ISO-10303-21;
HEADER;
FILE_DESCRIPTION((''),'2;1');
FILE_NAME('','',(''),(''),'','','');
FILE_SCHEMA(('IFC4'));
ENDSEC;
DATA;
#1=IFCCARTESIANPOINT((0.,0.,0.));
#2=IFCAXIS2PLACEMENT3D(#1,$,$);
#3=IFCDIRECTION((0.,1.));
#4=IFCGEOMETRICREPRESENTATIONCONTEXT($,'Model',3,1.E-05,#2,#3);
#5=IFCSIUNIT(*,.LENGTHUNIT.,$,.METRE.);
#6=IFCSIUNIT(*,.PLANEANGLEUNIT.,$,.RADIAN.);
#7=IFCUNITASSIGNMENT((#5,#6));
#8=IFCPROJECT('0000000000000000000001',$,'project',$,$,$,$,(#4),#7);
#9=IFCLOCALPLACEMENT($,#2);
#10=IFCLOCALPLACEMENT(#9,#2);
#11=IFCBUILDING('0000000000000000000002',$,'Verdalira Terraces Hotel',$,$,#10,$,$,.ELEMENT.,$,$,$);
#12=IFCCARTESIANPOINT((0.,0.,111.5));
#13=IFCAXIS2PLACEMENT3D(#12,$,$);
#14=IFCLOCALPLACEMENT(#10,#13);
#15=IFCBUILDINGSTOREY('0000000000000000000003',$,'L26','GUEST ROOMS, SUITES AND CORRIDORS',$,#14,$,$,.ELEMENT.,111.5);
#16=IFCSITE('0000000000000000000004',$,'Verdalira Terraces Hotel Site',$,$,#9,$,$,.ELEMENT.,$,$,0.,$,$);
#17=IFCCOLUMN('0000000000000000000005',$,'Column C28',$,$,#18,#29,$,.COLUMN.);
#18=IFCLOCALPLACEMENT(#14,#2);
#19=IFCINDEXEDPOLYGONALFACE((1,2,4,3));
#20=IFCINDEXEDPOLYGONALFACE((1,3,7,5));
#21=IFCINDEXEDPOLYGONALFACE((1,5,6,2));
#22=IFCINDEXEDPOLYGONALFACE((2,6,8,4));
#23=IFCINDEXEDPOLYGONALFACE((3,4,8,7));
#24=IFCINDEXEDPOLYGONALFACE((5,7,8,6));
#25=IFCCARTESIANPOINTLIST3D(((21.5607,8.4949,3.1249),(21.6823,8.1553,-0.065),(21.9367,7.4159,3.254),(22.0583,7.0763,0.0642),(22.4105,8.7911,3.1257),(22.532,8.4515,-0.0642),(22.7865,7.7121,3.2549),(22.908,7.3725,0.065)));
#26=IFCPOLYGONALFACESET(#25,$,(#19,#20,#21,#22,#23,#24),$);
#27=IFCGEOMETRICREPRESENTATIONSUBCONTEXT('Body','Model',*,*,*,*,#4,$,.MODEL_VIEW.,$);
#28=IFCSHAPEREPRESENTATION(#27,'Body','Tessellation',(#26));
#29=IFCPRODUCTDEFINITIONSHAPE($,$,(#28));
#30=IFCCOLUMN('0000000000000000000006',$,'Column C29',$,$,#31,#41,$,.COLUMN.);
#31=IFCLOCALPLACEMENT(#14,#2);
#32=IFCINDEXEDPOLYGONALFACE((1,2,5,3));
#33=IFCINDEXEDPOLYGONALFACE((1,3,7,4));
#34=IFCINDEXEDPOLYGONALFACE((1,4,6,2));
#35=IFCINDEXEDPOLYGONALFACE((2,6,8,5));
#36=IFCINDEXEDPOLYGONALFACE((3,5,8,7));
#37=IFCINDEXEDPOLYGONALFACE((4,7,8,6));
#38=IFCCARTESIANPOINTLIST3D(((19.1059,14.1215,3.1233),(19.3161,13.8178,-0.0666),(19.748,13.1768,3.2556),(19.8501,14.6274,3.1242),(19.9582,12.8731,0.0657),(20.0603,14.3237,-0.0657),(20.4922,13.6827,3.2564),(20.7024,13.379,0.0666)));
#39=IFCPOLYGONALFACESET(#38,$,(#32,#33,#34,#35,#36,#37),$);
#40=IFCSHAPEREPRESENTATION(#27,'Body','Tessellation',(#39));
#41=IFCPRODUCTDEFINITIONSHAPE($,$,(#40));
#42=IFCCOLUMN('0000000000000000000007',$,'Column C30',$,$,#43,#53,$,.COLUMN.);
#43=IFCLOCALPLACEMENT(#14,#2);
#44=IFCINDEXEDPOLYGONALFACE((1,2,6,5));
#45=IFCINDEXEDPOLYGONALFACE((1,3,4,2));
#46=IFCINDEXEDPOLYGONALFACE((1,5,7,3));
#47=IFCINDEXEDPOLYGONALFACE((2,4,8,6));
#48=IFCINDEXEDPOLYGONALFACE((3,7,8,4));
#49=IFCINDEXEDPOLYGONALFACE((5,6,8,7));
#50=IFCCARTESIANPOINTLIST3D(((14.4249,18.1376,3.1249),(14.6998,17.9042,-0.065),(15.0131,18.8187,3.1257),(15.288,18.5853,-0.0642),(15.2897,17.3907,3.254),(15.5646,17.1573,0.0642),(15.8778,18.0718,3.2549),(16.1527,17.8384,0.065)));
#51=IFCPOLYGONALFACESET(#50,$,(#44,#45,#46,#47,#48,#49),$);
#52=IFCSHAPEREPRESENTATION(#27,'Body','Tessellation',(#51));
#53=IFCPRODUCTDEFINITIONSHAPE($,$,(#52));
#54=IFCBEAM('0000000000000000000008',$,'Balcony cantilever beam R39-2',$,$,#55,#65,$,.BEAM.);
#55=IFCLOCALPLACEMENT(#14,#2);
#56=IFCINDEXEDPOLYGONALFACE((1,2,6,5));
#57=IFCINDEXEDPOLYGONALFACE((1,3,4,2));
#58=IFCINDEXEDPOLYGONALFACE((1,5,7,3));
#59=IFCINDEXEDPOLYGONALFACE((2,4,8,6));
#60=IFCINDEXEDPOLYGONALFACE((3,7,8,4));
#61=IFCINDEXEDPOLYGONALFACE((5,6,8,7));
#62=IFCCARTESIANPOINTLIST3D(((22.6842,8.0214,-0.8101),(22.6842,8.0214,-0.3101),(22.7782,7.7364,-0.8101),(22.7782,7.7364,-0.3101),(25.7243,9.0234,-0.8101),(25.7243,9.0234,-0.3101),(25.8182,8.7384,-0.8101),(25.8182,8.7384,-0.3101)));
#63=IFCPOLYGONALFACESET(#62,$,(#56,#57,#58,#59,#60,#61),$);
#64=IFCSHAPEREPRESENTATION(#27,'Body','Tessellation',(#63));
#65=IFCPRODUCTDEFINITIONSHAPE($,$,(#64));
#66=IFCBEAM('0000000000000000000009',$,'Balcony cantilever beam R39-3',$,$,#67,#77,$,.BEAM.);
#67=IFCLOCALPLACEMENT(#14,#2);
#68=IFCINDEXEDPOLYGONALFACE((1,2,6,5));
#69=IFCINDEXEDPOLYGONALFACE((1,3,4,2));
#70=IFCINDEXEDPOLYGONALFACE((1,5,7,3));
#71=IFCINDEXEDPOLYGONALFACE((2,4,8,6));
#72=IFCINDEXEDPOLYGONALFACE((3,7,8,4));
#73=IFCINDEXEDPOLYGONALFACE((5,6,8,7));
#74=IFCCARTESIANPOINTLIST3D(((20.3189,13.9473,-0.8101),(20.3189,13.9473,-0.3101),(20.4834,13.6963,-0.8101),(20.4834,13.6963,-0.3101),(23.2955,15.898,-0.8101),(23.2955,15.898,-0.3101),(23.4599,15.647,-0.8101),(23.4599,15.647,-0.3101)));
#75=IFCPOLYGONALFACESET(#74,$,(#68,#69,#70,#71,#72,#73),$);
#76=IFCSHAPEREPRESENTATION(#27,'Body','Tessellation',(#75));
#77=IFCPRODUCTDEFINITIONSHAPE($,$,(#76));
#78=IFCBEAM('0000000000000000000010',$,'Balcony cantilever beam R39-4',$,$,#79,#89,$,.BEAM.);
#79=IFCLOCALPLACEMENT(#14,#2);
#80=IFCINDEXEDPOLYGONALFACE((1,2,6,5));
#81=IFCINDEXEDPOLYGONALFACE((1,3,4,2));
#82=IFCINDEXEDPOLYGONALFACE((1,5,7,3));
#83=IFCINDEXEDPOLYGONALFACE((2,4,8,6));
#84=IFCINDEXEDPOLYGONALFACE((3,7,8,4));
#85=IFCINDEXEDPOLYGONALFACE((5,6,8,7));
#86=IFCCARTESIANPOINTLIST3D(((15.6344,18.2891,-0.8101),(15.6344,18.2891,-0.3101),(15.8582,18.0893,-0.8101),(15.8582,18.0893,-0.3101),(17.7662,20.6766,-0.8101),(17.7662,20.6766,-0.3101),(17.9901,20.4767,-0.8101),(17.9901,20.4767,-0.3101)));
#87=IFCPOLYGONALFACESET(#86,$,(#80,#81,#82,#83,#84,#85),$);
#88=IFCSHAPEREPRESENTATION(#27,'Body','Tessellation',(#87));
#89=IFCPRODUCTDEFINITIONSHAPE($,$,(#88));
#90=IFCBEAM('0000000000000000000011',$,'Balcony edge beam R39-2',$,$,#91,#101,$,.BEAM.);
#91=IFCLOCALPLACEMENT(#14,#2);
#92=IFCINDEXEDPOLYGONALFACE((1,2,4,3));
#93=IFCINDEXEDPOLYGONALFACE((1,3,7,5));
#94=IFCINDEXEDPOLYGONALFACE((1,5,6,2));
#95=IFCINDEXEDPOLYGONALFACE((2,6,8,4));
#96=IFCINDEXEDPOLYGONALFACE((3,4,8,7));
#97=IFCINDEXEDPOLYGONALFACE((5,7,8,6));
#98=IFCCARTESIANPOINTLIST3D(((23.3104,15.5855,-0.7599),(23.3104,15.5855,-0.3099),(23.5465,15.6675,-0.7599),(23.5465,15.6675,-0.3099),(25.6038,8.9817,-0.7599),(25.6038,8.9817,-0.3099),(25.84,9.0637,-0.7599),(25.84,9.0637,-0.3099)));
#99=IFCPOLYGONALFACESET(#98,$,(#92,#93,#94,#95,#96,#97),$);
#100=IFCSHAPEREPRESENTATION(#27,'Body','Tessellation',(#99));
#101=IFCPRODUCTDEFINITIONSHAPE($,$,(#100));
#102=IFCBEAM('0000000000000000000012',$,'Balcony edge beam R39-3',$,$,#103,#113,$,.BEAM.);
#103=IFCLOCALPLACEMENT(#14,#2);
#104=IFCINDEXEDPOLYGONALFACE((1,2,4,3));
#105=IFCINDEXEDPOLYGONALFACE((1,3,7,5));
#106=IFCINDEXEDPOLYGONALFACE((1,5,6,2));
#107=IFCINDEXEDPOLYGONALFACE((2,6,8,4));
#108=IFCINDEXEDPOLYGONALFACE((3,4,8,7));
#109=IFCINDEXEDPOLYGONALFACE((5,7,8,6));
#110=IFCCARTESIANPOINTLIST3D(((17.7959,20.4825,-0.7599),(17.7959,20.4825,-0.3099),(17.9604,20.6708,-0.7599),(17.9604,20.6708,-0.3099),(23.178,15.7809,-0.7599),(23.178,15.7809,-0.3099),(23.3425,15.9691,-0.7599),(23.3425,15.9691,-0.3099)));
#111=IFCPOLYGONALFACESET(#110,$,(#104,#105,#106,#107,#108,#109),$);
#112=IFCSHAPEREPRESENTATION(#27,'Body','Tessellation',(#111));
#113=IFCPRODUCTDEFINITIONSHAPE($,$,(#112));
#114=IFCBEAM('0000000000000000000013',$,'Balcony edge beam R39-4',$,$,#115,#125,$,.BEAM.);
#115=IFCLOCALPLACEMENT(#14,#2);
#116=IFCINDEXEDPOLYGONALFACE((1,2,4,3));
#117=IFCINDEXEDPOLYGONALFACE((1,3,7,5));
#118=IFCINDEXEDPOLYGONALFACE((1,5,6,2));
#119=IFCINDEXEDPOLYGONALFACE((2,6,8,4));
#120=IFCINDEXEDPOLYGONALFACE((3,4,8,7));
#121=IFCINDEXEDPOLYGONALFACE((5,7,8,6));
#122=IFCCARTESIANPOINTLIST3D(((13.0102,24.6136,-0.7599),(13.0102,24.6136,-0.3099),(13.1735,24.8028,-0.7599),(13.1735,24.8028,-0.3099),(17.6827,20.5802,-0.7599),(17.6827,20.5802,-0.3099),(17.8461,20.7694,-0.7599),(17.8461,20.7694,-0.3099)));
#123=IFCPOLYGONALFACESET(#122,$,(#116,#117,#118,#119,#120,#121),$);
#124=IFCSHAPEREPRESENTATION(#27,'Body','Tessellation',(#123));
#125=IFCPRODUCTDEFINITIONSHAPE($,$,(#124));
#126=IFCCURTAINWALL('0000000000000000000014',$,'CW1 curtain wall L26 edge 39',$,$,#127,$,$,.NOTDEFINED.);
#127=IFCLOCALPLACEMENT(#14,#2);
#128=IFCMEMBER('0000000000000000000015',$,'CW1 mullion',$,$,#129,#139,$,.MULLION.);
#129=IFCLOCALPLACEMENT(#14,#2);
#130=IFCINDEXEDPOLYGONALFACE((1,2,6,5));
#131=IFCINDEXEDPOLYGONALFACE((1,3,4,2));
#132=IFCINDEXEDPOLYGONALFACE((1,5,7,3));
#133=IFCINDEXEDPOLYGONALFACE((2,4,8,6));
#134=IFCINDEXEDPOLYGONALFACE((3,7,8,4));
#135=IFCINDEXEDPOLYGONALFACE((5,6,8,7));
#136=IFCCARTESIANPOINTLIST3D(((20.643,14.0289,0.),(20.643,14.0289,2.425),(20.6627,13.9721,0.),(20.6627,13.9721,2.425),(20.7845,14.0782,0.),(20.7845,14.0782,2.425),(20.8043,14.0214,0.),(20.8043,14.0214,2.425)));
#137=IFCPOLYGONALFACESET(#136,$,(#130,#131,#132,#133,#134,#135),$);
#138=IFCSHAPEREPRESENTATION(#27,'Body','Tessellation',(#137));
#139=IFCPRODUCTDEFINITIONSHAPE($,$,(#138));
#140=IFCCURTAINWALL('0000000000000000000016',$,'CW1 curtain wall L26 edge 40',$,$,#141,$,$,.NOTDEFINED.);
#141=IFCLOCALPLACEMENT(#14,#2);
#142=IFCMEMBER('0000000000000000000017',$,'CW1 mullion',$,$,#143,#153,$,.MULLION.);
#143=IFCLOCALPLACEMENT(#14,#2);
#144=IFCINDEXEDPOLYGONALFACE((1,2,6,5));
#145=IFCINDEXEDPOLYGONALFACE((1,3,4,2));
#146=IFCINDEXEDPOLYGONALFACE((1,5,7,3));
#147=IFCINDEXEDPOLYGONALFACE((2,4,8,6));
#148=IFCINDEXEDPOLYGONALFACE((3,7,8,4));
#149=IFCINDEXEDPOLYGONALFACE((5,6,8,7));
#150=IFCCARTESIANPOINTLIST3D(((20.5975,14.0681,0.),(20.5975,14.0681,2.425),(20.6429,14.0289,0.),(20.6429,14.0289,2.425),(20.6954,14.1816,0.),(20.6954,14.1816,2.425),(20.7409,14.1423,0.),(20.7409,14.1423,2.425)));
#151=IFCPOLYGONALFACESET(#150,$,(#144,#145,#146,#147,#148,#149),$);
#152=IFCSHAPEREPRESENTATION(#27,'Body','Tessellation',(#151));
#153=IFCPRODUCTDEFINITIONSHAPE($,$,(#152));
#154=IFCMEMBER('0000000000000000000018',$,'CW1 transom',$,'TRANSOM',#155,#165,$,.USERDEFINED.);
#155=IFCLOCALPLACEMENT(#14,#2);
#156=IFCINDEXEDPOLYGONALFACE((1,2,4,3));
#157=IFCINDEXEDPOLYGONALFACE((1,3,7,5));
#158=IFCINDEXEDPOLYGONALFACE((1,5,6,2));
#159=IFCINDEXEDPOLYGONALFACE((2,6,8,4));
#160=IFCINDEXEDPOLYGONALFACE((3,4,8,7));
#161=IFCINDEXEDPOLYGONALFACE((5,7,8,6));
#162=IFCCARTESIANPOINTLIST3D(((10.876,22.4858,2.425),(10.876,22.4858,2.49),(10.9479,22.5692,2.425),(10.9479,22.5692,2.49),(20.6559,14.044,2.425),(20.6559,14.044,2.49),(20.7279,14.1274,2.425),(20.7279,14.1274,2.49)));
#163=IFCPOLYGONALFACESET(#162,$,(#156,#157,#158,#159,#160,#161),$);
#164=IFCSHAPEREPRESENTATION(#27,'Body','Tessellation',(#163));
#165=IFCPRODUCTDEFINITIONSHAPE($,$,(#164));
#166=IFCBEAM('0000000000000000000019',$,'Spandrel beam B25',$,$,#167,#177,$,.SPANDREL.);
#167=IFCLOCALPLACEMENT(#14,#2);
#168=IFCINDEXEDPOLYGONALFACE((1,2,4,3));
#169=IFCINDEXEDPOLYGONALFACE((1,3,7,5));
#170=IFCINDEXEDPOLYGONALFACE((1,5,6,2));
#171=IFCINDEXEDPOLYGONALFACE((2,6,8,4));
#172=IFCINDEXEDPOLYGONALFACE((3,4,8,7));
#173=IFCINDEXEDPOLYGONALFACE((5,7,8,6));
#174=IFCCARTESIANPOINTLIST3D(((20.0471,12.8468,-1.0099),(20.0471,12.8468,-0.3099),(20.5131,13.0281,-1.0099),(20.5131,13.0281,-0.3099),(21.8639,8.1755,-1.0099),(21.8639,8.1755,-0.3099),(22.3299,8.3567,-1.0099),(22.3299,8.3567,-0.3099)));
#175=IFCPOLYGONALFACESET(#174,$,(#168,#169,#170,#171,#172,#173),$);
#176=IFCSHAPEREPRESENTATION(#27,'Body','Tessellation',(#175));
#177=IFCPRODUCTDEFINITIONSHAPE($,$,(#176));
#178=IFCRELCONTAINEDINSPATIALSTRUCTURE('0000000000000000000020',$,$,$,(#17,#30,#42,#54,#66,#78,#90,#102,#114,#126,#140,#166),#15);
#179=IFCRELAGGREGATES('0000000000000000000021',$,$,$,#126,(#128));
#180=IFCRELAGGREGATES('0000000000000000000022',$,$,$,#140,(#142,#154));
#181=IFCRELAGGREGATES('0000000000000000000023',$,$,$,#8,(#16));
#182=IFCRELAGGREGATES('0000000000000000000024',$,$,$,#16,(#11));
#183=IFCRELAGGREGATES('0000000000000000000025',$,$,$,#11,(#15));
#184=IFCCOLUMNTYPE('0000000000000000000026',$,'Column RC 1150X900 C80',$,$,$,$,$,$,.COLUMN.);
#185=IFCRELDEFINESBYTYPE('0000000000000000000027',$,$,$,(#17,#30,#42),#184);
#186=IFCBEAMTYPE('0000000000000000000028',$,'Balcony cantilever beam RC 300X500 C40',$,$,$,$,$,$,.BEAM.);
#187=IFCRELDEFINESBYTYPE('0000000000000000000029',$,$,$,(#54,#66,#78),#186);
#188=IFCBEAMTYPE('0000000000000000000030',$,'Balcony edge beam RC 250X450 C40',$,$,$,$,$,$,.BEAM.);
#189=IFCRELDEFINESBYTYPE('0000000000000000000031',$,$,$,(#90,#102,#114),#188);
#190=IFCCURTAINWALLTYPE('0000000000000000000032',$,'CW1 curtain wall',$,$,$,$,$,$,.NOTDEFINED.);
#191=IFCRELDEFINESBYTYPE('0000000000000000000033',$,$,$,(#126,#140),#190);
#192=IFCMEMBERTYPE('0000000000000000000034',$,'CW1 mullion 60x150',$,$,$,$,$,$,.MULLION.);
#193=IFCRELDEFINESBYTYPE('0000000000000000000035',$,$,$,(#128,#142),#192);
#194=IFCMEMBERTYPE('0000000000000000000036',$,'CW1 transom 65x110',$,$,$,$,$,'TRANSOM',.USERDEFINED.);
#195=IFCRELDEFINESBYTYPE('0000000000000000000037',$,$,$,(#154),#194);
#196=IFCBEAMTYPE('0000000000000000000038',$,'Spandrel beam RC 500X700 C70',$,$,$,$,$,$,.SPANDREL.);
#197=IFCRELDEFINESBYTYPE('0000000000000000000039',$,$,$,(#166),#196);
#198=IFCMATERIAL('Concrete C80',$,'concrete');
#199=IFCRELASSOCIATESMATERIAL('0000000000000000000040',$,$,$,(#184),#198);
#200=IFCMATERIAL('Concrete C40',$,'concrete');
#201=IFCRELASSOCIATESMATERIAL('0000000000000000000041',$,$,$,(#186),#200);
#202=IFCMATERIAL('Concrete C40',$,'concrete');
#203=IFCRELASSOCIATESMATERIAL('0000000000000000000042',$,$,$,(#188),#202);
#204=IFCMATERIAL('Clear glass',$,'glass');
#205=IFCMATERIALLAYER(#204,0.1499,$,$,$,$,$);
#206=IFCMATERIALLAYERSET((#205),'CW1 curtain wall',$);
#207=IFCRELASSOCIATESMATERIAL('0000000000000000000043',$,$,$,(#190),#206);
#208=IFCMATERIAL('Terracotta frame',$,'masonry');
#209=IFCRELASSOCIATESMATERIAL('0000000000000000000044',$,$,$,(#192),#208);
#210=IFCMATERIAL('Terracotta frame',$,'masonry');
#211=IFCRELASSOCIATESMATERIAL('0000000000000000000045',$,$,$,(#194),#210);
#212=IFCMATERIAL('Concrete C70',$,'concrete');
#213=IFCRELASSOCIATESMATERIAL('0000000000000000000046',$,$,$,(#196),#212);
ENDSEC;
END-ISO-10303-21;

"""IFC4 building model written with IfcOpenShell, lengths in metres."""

from ifc_helpers import new_model, si_unit, direction, frame, origin, origin_2d, place, context, subcontext, project, spatial, rectangle, extrude, material, layer, layer_set, material_profile, profile_set, type_object, element, aggregate, save


model = new_model("IFC4")

# Units and contexts
model_context = context("Model", 3, precision=1e-05, world=origin(), true_north=direction((0.0, 1.0)))
body_context = subcontext(model_context, "Body", "Model", "MODEL_VIEW")
ifc_project = project(units=[si_unit("LENGTHUNIT", "METRE"), si_unit("PLANEANGLEUNIT", "RADIAN")], contexts=[model_context])

# Site, building, storey
site_placement = place(None, origin())
site = spatial("IfcSite", under=ifc_project, at=site_placement, Name="Verdalira Terraces Hotel Site", CompositionType="ELEMENT", RefElevation=0.0)
building_placement = place(site_placement, origin())
building = spatial("IfcBuilding", under=site, at=building_placement, Name="Verdalira Terraces Hotel", CompositionType="ELEMENT")
storey_placement = place(building_placement, frame((0.0, 0.0, 111.5)))
storey = spatial("IfcBuildingStorey", under=building, at=storey_placement, Name="L26", Description="GUEST ROOMS, SUITES AND CORRIDORS", CompositionType="ELEMENT", Elevation=111.5)

# Columns
ifc_material_1 = material(Name="Concrete C80", Category="concrete")
ifc_material_profile_1 = material_profile(ifc_material_1, rectangle(XDim=1.1499, YDim=0.8999, at=origin_2d()), Name="RC 1150X900")
ifc_profile_set_1 = profile_set([ifc_material_profile_1], Name="Concrete C80")
column_type = type_object("IfcColumnType", Name="Column RC 1150X900 C80", PredefinedType="COLUMN", material=ifc_profile_set_1)
column_1_placement = place(storey_placement, frame((22.2952, 7.7639, 0.0), z_axis=(-0.037873, 0.105785, 0.993668), x_axis=(-0.326981, 0.938328, -0.112357)))
element("IfcColumn", 1, at=column_1_placement, inside=storey, type_object=column_type, Name="Column C28", PredefinedType="COLUMN", context=body_context, shape_type="SweptSolid", body=[
    extrude(rectangle(XDim=1.1499, YDim=0.8999, at=origin_2d()), origin(), (0.0, 0.0, 1.0), 3.2102),
])
column_2_placement = place(storey_placement, frame((20.0093, 13.5984, 0.0), z_axis=(-0.065459, 0.094577, 0.993363), x_axis=(0.558375, -0.821577, 0.115016)))
element("IfcColumn", 2, at=column_2_placement, inside=storey, type_object=column_type, Name="Column C29", PredefinedType="COLUMN", context=body_context, shape_type="SweptSolid", body=[
    extrude(rectangle(XDim=1.1499, YDim=0.8999, at=origin_2d()), origin(), (0.0, 0.0, 1.0), 3.2112),
])
column_3_placement = place(storey_placement, frame((15.4263, 17.8713, 0.0), z_axis=(-0.085632, 0.072704, 0.993671), x_axis=(-0.751998, 0.649524, -0.112329)))
element("IfcColumn", 3, at=column_3_placement, inside=storey, type_object=column_type, Name="Column C30", PredefinedType="COLUMN", context=body_context, shape_type="SweptSolid", body=[
    extrude(rectangle(XDim=1.1499, YDim=0.8999, at=origin_2d()), origin(), (0.0, 0.0, 1.0), 3.2102),
])

# Beams
ifc_material_2 = material(Name="Concrete C40", Category="concrete")
ifc_material_profile_2 = material_profile(ifc_material_2, rectangle(XDim=0.3, YDim=0.5, at=origin_2d()), Name="RC 300X500")
ifc_profile_set_2 = profile_set([ifc_material_profile_2], Name="Concrete C40")
beam_type_1 = type_object("IfcBeamType", Name="Balcony cantilever beam RC 300X500 C40", PredefinedType="BEAM", material=ifc_profile_set_2)
beam_1_placement = place(storey_placement, frame((22.7312, 7.8789, -0.5601), z_axis=(0.949746, 0.313023, 0.0), x_axis=(-0.313023, 0.949746, 0.0)))
element("IfcBeam", 4, at=beam_1_placement, inside=storey, type_object=beam_type_1, Name="Balcony cantilever beam R39-2", PredefinedType="BEAM", context=body_context, shape_type="SweptSolid", body=[
    extrude(rectangle(XDim=0.3, YDim=0.5, at=origin_2d()), origin(), (0.0, 0.0, 1.0), 3.2009),
])
beam_2_placement = place(storey_placement, frame((20.4011, 13.8218, -0.5601), z_axis=(0.836394, 0.548129, 0.0), x_axis=(-0.548129, 0.836394, 0.0)))
element("IfcBeam", 5, at=beam_2_placement, inside=storey, type_object=beam_type_1, Name="Balcony cantilever beam R39-3", PredefinedType="BEAM", context=body_context, shape_type="SweptSolid", body=[
    extrude(rectangle(XDim=0.3, YDim=0.5, at=origin_2d()), origin(), (0.0, 0.0, 1.0), 3.5588),
])
beam_3_placement = place(storey_placement, frame((15.7463, 18.1892, -0.5601), z_axis=(0.666048, 0.745909, 0.0), x_axis=(-0.745909, 0.666048, 0.0)))
element("IfcBeam", 6, at=beam_3_placement, inside=storey, type_object=beam_type_1, Name="Balcony cantilever beam R39-4", PredefinedType="BEAM", context=body_context, shape_type="SweptSolid", body=[
    extrude(rectangle(XDim=0.3, YDim=0.5, at=origin_2d()), origin(), (0.0, 0.0, 1.0), 3.2007),
])
ifc_material_3 = material(Name="Concrete C40", Category="concrete")
ifc_material_profile_3 = material_profile(ifc_material_3, rectangle(XDim=0.25, YDim=0.45, at=origin_2d()), Name="RC 250X450")
ifc_profile_set_3 = profile_set([ifc_material_profile_3], Name="Concrete C40")
beam_type_2 = type_object("IfcBeamType", Name="Balcony edge beam RC 250X450 C40", PredefinedType="BEAM", material=ifc_profile_set_3)
beam_4_placement = place(storey_placement, frame((25.7219, 9.0227, -0.5349), z_axis=(-0.328074, 0.944652, 0.0), x_axis=(-0.944652, -0.328074, 0.0)))
element("IfcBeam", 7, at=beam_4_placement, inside=storey, type_object=beam_type_2, Name="Balcony edge beam R39-2", PredefinedType="BEAM", context=body_context, shape_type="SweptSolid", body=[
    extrude(rectangle(XDim=0.25, YDim=0.45, at=origin_2d()), origin(), (0.0, 0.0, 1.0), 6.9907),
])
beam_5_placement = place(storey_placement, frame((23.2603, 15.875, -0.5349), z_axis=(-0.753108, 0.657897, 0.0), x_axis=(-0.657897, -0.753108, 0.0)))
element("IfcBeam", 8, at=beam_5_placement, inside=storey, type_object=beam_type_2, Name="Balcony edge beam R39-3", PredefinedType="BEAM", context=body_context, shape_type="SweptSolid", body=[
    extrude(rectangle(XDim=0.25, YDim=0.45, at=origin_2d()), origin(), (0.0, 0.0, 1.0), 7.1465),
])
beam_6_placement = place(storey_placement, frame((17.7644, 20.6748, -0.5349), z_axis=(-0.756982, 0.653436, 0.0), x_axis=(-0.653436, -0.756982, 0.0)))
element("IfcBeam", 9, at=beam_6_placement, inside=storey, type_object=beam_type_2, Name="Balcony edge beam R39-4", PredefinedType="BEAM", context=body_context, shape_type="SweptSolid", body=[
    extrude(rectangle(XDim=0.25, YDim=0.45, at=origin_2d()), origin(), (0.0, 0.0, 1.0), 6.1726),
])

# Curtain wall, member
ifc_material_4 = material(Name="Clear glass", Category="glass")
ifc_layer_1 = layer(ifc_material_4, 0.1499)
ifc_layer_set_1 = layer_set([ifc_layer_1], Name="CW1 curtain wall")
curtain_wall_type = type_object("IfcCurtainWallType", Name="CW1 curtain wall", PredefinedType="NOTDEFINED", material=ifc_layer_set_1)
curtain_wall_1_placement = place(storey_placement, origin())
curtain_wall_1 = element("IfcCurtainWall", 10, at=curtain_wall_1_placement, inside=storey, type_object=curtain_wall_type, Name="CW1 curtain wall L26 edge 39", PredefinedType="NOTDEFINED")
ifc_material_5 = material(Name="Terracotta frame", Category="masonry")
ifc_material_profile_4 = material_profile(ifc_material_5, rectangle(XDim=0.0601, YDim=0.1499, at=origin_2d()), Name="MU 60x150")
ifc_profile_set_4 = profile_set([ifc_material_profile_4], Name="Terracotta frame")
member_type_1 = type_object("IfcMemberType", Name="CW1 mullion 60x150", PredefinedType="MULLION", material=ifc_profile_set_4)
member_1_placement = place(storey_placement, frame((20.7236, 14.0251, 0.0), z_axis=(0.0, 0.0, 1.0), x_axis=(-0.328867, 0.944376, 0.0)))
member_1 = element("IfcMember", 11, at=member_1_placement, type_object=member_type_1, Name="CW1 mullion", PredefinedType="MULLION", context=body_context, shape_type="SweptSolid", body=[
    extrude(rectangle(XDim=0.0601, YDim=0.1499, at=origin_2d()), origin(), (0.0, 0.0, 1.0), 2.425),
])

# Curtain wall, members
curtain_wall_2_placement = place(storey_placement, origin())
curtain_wall_2 = element("IfcCurtainWall", 12, at=curtain_wall_2_placement, inside=storey, type_object=curtain_wall_type, Name="CW1 curtain wall L26 edge 40", PredefinedType="NOTDEFINED")
member_2_placement = place(storey_placement, frame((20.6692, 14.1052, 0.0), z_axis=(0.0, 0.0, 1.0), x_axis=(-0.756995, 0.653421, 0.0)))
member_2 = element("IfcMember", 13, at=member_2_placement, type_object=member_type_1, Name="CW1 mullion", PredefinedType="MULLION", context=body_context, shape_type="SweptSolid", body=[
    extrude(rectangle(XDim=0.0601, YDim=0.1499, at=origin_2d()), origin(), (0.0, 0.0, 1.0), 2.425),
])
ifc_material_6 = material(Name="Terracotta frame", Category="masonry")
ifc_material_profile_5 = material_profile(ifc_material_6, rectangle(XDim=0.1101, YDim=0.0649, at=origin_2d()), Name="TR 65x110")
ifc_profile_set_5 = profile_set([ifc_material_profile_5], Name="Terracotta frame")
member_type_2 = type_object("IfcMemberType", Name="CW1 transom 65x110", ElementType="TRANSOM", PredefinedType="USERDEFINED", material=ifc_profile_set_5)
member_3_placement = place(storey_placement, frame((20.6919, 14.0857, 2.4575), z_axis=(-0.756995, 0.653421, 0.0), x_axis=(-0.653421, -0.756995, 0.0)))
member_3 = element("IfcMember", 14, at=member_3_placement, type_object=member_type_2, Name="CW1 transom", ObjectType="TRANSOM", PredefinedType="USERDEFINED", context=body_context, shape_type="SweptSolid", body=[
    extrude(rectangle(XDim=0.1101, YDim=0.0649, at=origin_2d()), origin(), (0.0, 0.0, 1.0), 12.9194),
])

# Beam
ifc_material_7 = material(Name="Concrete C70", Category="concrete")
ifc_material_profile_6 = material_profile(ifc_material_7, rectangle(XDim=0.5, YDim=0.7, at=origin_2d()), Name="RC 500X700")
ifc_profile_set_6 = profile_set([ifc_material_profile_6], Name="Concrete C70")
beam_type_3 = type_object("IfcBeamType", Name="Spandrel beam RC 500X700 C70", PredefinedType="SPANDREL", material=ifc_profile_set_6)
beam_7_placement = place(storey_placement, frame((22.0969, 8.2661, -0.6599), z_axis=(-0.362489, 0.931988, 0.0), x_axis=(-0.931988, -0.362489, 0.0)))
element("IfcBeam", 15, at=beam_7_placement, inside=storey, type_object=beam_type_3, Name="Spandrel beam B25", PredefinedType="SPANDREL", context=body_context, shape_type="SweptSolid", body=[
    extrude(rectangle(XDim=0.5, YDim=0.7, at=origin_2d()), origin(), (0.0, 0.0, 1.0), 5.0122),
])

aggregate(curtain_wall_1, [member_1])
aggregate(curtain_wall_2, [member_2, member_3])

save(model, "model.ifc")
